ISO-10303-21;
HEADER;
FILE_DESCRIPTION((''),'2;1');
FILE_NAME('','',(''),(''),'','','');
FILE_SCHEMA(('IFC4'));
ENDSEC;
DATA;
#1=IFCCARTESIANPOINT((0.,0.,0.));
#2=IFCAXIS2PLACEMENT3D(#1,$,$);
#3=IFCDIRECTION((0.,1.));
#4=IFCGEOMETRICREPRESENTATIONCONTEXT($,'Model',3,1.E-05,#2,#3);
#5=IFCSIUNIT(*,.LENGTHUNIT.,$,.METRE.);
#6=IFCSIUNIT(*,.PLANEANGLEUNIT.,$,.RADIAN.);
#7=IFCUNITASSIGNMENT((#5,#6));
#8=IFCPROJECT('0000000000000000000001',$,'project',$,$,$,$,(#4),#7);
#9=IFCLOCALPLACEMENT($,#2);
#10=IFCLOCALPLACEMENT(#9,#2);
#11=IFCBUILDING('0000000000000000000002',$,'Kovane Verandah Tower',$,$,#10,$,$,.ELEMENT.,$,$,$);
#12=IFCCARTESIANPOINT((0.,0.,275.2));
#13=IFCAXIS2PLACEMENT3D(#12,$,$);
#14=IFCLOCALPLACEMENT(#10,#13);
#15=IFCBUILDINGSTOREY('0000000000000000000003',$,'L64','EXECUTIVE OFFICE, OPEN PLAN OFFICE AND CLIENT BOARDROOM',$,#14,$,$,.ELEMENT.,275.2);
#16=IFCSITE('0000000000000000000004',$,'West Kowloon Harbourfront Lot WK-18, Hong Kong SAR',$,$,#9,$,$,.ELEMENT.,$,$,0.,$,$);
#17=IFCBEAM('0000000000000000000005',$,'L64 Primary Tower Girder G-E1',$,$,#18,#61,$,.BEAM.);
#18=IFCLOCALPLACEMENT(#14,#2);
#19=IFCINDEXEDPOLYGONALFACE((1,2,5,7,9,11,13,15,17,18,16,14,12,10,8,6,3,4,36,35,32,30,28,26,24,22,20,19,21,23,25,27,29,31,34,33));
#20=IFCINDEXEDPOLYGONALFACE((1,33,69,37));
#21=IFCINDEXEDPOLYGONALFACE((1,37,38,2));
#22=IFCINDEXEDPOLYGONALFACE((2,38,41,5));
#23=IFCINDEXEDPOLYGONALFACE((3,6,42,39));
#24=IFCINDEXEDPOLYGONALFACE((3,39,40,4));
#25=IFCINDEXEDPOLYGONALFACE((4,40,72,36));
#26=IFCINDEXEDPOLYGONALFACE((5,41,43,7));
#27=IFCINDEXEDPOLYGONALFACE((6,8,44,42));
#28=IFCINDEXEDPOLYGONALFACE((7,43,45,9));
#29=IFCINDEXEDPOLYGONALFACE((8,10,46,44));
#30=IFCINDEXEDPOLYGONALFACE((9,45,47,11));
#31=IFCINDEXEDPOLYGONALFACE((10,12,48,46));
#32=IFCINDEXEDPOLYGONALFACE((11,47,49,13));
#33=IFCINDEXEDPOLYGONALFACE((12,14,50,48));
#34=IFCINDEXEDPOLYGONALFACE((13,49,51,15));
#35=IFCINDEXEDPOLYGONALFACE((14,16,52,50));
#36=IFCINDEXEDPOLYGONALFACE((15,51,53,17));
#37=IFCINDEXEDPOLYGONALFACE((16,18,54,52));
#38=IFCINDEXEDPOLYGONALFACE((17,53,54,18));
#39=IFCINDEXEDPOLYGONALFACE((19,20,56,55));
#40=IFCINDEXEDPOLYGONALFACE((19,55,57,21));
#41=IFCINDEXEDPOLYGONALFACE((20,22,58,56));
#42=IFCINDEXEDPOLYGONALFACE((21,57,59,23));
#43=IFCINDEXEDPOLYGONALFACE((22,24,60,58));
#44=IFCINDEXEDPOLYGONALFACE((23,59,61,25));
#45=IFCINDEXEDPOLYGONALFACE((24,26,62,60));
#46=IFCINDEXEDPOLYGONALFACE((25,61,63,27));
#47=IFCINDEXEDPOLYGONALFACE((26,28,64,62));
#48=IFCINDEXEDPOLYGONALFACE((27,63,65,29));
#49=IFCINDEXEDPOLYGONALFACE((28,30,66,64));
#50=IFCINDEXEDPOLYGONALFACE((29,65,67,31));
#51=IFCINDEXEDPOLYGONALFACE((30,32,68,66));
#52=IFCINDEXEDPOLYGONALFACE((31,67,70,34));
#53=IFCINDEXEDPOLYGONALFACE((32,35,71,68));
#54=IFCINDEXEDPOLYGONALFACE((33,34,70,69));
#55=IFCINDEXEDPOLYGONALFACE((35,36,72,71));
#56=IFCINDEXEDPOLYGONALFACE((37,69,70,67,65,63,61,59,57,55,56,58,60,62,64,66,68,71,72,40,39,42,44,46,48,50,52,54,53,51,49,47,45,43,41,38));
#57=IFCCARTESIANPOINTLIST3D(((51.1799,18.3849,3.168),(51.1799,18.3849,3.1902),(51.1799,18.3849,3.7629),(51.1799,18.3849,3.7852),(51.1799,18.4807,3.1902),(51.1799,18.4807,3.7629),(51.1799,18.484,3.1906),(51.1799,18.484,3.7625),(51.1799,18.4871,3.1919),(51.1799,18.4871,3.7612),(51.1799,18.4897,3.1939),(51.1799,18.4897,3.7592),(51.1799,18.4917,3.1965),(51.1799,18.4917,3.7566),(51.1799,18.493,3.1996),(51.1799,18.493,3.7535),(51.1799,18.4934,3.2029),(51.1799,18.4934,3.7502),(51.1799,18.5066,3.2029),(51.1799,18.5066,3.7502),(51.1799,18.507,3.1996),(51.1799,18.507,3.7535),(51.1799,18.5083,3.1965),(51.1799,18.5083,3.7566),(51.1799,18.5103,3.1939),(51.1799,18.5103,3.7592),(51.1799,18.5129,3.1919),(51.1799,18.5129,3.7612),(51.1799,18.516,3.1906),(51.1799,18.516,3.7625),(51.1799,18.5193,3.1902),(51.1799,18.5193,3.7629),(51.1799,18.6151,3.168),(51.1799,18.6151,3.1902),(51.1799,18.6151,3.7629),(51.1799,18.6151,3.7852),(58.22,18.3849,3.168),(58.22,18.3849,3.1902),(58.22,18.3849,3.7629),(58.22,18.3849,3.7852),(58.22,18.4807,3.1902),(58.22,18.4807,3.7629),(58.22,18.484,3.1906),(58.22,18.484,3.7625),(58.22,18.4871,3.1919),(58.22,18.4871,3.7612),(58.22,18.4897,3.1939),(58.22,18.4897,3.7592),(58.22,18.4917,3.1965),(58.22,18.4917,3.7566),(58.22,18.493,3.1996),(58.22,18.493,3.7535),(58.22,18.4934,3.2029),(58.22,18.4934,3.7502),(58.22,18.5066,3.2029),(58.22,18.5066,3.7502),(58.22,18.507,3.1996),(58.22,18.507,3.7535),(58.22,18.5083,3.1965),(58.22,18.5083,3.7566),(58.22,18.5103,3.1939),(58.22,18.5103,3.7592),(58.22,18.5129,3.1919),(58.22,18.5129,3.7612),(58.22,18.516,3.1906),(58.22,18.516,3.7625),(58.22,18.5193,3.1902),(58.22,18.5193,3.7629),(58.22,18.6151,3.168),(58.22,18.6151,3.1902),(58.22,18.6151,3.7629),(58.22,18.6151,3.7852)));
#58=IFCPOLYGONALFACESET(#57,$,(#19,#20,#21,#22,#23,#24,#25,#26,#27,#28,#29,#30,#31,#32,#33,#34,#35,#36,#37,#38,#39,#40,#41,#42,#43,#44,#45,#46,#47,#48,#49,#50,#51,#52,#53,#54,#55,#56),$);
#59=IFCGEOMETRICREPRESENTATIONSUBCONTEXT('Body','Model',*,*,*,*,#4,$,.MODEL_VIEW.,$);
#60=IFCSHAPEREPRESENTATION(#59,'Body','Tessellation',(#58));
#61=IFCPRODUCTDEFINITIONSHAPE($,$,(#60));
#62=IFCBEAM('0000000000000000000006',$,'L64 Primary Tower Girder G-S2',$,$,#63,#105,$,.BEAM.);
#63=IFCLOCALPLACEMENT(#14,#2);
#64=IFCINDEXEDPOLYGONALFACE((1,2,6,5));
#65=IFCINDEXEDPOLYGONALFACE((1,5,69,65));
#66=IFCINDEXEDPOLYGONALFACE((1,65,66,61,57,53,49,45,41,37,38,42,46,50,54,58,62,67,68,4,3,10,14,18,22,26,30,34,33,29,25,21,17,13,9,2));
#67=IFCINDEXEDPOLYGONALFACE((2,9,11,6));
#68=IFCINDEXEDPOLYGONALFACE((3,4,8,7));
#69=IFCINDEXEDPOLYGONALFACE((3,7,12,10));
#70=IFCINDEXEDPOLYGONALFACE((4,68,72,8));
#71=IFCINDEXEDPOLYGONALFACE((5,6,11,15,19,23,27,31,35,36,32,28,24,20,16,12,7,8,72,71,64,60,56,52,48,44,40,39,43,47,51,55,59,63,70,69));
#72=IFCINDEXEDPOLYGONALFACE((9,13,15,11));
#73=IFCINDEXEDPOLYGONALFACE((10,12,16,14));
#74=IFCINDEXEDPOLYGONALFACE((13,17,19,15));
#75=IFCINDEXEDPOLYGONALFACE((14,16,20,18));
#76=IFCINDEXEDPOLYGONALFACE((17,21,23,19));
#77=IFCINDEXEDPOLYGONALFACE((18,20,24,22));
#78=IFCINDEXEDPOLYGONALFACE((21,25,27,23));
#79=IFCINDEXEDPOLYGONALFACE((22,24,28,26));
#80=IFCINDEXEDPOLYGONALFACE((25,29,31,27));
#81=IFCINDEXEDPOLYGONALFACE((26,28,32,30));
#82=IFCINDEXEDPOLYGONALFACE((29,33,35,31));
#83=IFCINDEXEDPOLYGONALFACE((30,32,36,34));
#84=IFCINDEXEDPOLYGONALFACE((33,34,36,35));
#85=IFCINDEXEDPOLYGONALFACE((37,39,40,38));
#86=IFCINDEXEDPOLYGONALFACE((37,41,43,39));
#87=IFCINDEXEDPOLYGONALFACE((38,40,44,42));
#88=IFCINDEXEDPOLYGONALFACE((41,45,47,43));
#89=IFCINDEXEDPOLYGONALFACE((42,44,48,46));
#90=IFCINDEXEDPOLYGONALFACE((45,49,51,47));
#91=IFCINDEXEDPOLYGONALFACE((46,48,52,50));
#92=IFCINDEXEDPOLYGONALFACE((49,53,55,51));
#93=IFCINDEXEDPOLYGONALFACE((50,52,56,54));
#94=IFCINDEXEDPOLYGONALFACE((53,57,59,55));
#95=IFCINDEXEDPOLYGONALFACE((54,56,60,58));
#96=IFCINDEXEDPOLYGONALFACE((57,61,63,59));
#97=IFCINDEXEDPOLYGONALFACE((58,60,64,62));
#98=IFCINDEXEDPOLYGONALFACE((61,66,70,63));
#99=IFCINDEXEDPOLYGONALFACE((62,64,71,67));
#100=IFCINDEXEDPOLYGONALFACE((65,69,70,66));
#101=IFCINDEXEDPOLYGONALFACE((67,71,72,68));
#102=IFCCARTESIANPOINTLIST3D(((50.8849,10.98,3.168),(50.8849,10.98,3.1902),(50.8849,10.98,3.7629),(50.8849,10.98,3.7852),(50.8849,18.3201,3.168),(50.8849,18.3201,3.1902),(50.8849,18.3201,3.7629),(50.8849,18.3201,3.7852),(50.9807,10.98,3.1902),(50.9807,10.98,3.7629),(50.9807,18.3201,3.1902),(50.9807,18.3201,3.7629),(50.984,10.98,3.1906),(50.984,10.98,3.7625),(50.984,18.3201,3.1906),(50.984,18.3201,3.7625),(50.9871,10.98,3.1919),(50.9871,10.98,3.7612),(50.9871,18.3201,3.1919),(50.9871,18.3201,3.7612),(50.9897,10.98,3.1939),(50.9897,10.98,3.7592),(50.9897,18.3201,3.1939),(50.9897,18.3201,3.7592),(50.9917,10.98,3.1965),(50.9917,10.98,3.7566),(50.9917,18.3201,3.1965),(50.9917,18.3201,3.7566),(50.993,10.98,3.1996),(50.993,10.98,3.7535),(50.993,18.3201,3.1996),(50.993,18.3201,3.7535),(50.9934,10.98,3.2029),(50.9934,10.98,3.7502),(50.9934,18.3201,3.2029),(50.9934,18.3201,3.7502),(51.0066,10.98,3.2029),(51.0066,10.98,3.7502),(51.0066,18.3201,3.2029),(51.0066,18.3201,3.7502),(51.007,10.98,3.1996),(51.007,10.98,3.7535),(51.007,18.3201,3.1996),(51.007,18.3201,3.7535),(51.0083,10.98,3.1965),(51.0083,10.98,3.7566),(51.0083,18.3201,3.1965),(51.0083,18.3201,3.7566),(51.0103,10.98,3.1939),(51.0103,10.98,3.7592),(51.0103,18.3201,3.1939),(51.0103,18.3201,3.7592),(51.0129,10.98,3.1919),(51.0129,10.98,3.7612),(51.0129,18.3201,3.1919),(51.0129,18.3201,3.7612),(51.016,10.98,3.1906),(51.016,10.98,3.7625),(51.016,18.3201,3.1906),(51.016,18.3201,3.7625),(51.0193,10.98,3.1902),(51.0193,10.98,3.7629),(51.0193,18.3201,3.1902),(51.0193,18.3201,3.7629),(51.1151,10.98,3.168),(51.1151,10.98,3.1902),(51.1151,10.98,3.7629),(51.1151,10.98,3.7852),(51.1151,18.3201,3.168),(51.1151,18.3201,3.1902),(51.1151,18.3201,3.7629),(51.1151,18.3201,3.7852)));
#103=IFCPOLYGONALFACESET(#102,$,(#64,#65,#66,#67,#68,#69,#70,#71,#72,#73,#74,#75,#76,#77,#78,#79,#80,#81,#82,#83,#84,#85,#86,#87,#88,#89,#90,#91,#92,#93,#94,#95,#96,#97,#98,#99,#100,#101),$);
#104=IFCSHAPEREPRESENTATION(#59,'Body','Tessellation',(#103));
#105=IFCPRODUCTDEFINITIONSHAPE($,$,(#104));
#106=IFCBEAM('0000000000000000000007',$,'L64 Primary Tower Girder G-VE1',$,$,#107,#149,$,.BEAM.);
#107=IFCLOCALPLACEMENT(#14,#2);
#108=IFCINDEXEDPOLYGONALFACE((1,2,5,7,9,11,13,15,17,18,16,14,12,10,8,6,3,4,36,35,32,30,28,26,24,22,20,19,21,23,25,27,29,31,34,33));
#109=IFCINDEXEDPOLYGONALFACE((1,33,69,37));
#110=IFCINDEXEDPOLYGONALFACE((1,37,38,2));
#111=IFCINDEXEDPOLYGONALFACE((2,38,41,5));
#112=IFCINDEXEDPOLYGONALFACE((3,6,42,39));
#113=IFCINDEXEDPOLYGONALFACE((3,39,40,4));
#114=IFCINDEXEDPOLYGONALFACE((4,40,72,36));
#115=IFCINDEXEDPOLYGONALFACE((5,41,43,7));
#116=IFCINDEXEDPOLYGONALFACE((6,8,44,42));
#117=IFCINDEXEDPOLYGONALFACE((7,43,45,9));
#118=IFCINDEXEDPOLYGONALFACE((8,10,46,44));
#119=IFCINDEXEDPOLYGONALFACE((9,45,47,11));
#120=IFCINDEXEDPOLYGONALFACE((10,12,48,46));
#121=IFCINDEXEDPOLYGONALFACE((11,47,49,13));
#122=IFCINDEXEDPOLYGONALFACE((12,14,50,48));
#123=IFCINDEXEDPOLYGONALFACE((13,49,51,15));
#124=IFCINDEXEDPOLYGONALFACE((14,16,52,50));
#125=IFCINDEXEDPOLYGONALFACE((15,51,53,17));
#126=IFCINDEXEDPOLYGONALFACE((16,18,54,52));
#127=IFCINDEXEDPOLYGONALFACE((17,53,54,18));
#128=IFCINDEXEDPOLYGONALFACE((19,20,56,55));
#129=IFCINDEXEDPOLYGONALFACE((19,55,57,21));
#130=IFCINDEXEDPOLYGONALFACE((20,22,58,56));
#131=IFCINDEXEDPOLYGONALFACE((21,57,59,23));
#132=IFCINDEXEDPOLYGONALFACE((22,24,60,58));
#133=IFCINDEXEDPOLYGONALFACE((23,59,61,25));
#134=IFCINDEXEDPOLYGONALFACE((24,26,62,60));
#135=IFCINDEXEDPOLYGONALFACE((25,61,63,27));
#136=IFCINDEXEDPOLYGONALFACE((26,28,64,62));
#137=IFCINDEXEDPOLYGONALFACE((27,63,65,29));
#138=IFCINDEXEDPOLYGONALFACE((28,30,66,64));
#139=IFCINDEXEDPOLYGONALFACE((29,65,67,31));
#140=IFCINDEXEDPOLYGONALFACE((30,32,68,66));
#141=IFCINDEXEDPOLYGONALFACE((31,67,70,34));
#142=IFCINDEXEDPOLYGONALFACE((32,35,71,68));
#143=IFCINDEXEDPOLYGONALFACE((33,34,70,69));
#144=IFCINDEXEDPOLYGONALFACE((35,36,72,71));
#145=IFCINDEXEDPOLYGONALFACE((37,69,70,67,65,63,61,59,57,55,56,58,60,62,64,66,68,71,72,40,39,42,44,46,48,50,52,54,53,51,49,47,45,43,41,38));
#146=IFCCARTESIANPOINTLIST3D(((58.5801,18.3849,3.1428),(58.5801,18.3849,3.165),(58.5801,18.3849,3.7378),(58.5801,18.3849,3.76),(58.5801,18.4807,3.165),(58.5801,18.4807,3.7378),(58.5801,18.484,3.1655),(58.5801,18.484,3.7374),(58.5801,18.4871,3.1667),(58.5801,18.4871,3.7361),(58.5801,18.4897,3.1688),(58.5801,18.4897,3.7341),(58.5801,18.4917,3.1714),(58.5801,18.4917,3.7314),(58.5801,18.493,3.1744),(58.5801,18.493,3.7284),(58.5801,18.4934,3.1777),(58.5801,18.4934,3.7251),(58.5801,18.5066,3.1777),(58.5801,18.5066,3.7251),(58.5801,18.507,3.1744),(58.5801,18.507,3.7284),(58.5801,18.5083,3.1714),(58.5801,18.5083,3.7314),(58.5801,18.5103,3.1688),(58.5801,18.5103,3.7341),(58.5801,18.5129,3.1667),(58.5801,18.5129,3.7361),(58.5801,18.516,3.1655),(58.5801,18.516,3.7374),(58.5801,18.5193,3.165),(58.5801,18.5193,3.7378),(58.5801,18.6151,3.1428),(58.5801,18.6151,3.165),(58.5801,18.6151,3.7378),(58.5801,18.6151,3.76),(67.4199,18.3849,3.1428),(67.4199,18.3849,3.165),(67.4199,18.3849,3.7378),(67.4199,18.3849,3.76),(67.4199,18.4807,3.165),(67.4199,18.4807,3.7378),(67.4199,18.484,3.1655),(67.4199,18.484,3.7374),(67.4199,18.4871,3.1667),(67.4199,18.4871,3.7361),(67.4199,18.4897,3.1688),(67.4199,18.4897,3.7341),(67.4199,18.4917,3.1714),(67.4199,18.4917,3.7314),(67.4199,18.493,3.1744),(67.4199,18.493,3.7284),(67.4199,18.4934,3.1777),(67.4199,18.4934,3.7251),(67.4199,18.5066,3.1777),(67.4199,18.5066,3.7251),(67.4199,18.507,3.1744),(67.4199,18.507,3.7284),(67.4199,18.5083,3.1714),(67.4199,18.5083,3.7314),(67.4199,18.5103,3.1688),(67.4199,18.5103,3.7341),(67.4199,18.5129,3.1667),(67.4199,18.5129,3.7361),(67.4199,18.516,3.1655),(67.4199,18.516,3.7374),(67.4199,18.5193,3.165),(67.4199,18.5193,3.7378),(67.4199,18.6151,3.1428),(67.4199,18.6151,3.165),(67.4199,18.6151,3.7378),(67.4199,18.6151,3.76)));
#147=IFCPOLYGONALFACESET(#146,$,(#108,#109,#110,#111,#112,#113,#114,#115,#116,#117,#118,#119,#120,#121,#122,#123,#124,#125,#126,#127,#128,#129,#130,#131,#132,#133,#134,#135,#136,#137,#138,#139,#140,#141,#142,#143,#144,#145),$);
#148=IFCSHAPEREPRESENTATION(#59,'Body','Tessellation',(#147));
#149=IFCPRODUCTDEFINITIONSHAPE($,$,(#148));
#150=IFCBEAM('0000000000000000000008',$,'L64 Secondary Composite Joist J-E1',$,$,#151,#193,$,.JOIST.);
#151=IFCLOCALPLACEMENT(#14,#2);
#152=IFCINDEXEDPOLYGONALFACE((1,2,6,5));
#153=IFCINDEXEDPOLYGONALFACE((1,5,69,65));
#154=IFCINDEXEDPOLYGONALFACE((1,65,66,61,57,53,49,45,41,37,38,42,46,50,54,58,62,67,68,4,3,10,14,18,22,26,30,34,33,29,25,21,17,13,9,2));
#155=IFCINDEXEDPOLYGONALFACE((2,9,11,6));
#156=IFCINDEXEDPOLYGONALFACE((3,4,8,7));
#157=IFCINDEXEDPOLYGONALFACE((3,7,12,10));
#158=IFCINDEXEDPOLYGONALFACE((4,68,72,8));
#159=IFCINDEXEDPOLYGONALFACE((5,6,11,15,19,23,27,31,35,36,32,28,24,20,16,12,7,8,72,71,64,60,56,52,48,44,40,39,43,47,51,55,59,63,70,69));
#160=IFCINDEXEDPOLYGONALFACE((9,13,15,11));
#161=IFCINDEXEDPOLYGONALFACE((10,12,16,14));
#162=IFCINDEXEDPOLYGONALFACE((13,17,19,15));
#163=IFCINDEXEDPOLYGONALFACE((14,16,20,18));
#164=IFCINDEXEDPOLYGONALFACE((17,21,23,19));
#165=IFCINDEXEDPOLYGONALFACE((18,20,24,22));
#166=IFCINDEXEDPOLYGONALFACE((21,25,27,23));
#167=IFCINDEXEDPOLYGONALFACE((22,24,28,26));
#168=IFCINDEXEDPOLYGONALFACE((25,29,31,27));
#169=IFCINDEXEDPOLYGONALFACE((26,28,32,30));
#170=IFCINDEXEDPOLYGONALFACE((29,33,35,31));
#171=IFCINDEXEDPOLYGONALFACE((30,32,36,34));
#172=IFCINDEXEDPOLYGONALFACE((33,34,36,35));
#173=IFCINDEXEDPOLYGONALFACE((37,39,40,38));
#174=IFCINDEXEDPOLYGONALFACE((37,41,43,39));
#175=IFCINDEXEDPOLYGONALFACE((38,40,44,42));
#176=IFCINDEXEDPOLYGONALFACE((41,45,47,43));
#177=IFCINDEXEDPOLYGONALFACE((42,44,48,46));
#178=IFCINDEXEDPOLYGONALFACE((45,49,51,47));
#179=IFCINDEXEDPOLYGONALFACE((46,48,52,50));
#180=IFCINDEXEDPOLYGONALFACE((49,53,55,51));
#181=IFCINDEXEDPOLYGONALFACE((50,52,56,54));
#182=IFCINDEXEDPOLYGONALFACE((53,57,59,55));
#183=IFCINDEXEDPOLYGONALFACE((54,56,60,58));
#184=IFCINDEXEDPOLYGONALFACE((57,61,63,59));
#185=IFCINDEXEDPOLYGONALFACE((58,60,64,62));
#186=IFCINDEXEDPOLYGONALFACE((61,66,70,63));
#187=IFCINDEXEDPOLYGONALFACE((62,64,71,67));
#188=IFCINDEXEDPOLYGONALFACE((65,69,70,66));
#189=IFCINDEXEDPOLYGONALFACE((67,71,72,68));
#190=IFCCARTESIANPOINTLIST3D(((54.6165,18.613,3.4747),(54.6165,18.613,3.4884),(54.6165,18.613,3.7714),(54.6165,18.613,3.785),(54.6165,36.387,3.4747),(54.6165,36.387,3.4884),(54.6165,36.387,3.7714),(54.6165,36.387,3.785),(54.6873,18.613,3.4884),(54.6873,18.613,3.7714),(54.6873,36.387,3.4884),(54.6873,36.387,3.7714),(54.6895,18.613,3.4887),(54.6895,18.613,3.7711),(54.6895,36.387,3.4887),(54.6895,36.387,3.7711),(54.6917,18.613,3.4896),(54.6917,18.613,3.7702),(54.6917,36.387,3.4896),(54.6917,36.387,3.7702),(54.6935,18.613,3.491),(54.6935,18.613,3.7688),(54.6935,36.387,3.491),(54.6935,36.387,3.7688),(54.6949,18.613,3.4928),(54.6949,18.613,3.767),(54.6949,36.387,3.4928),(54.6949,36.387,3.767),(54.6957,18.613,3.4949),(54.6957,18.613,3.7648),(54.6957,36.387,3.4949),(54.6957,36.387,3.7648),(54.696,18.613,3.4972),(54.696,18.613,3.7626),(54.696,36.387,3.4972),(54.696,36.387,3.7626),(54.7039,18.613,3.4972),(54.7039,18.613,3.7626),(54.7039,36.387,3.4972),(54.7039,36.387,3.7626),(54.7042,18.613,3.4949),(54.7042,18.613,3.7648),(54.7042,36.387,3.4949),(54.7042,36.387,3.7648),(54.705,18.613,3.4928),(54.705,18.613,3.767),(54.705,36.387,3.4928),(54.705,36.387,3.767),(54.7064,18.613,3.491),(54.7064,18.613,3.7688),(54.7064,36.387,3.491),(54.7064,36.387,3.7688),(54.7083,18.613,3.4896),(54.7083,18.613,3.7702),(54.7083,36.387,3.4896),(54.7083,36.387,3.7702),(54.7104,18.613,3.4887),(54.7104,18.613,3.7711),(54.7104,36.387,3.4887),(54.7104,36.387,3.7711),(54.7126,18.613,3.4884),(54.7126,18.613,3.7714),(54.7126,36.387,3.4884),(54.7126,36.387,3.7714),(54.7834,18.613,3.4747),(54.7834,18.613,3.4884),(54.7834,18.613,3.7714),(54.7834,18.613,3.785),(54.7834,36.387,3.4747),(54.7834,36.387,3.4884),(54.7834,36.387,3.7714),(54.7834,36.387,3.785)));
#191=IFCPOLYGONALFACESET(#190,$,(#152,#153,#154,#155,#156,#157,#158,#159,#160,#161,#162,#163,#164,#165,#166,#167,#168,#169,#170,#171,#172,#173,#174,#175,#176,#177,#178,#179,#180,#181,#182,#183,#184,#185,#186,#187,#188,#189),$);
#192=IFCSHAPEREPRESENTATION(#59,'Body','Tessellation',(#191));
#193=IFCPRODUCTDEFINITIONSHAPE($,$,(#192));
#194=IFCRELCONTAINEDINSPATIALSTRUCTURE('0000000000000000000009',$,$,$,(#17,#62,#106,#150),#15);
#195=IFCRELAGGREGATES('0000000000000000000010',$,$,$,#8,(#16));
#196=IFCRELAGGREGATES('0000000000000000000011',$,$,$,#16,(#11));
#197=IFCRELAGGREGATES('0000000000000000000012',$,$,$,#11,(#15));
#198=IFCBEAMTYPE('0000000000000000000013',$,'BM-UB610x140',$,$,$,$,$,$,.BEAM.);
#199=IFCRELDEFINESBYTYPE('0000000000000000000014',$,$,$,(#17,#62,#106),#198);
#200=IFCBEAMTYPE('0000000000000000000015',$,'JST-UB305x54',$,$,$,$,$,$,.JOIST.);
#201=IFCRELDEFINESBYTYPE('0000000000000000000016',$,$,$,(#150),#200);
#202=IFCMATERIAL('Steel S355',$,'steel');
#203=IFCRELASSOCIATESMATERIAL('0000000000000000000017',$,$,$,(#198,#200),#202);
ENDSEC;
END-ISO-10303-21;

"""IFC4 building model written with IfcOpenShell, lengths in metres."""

from ifc_helpers import new_model, si_unit, direction, frame, origin, origin_2d, place, context, subcontext, project, spatial, i_section, extrude, material, material_profile, profile_set, type_object, element, save


model = new_model("IFC4")

# Units and contexts
model_context = context("Model", 3, precision=1e-05, world=origin(), true_north=direction((0.0, 1.0)))
body_context = subcontext(model_context, "Body", "Model", "MODEL_VIEW")
ifc_project = project(units=[si_unit("LENGTHUNIT", "METRE"), si_unit("PLANEANGLEUNIT", "RADIAN")], contexts=[model_context])

# Site, building, storey
site_placement = place(None, origin())
site = spatial("IfcSite", under=ifc_project, at=site_placement, Name="West Kowloon Harbourfront Lot WK-18, Hong Kong SAR", CompositionType="ELEMENT", RefElevation=0.0)
building_placement = place(site_placement, origin())
building = spatial("IfcBuilding", under=site, at=building_placement, Name="Kovane Verandah Tower", CompositionType="ELEMENT")
storey_placement = place(building_placement, frame((0.0, 0.0, 275.2)))
storey = spatial("IfcBuildingStorey", under=building, at=storey_placement, Name="L64", Description="EXECUTIVE OFFICE, OPEN PLAN OFFICE AND CLIENT BOARDROOM", CompositionType="ELEMENT", Elevation=275.2)

# Beams
ifc_material_1 = material(Name="Steel S355", Category="steel")
ifc_material_profile_1 = material_profile(ifc_material_1, i_section(OverallWidth=0.2302, OverallDepth=0.6172, WebThickness=0.0132, FlangeThickness=0.0222, FilletRadius=0.0127, at=origin_2d()), Name="UB610x229x140")
ifc_profile_set_1 = profile_set([ifc_material_profile_1], Name="Steel S355")
beam_type_1 = type_object("IfcBeamType", Name="BM-UB610x140", PredefinedType="BEAM", material=ifc_profile_set_1)
beam_1_placement = place(storey_placement, frame((51.1799, 18.5, 3.4766), z_axis=(1.0, 0.0, 0.0), x_axis=(0.0, 1.0, 0.0)))
element("IfcBeam", 1, at=beam_1_placement, inside=storey, type_object=beam_type_1, Name="L64 Primary Tower Girder G-E1", PredefinedType="BEAM", context=body_context, shape_type="SweptSolid", body=[
    extrude(i_section(OverallWidth=0.2302, OverallDepth=0.6172, WebThickness=0.0132, FlangeThickness=0.0222, FilletRadius=0.0127, at=origin_2d()), origin(), (0.0, 0.0, 1.0), 7.04),
])
beam_2_placement = place(storey_placement, frame((51.0, 18.3201, 3.4766), z_axis=(0.0, -1.0, 0.0), x_axis=(1.0, 0.0, 0.0)))
element("IfcBeam", 2, at=beam_2_placement, inside=storey, type_object=beam_type_1, Name="L64 Primary Tower Girder G-S2", PredefinedType="BEAM", context=body_context, shape_type="SweptSolid", body=[
    extrude(i_section(OverallWidth=0.2302, OverallDepth=0.6172, WebThickness=0.0132, FlangeThickness=0.0222, FilletRadius=0.0127, at=origin_2d()), origin(), (0.0, 0.0, 1.0), 7.3401),
])
beam_3_placement = place(storey_placement, frame((58.5801, 18.5, 3.4514), z_axis=(1.0, 0.0, 0.0), x_axis=(0.0, 1.0, 0.0)))
element("IfcBeam", 3, at=beam_3_placement, inside=storey, type_object=beam_type_1, Name="L64 Primary Tower Girder G-VE1", PredefinedType="BEAM", context=body_context, shape_type="SweptSolid", body=[
    extrude(i_section(OverallWidth=0.2302, OverallDepth=0.6172, WebThickness=0.0132, FlangeThickness=0.0222, FilletRadius=0.0127, at=origin_2d()), origin(), (0.0, 0.0, 1.0), 8.8398),
])
ifc_material_profile_2 = material_profile(ifc_material_1, i_section(OverallWidth=0.167, OverallDepth=0.3103, WebThickness=0.0078, FlangeThickness=0.0137, FilletRadius=0.0088, at=origin_2d()), Name="UB305x165x54")
ifc_profile_set_2 = profile_set([ifc_material_profile_2], Name="Steel S355")
beam_type_2 = type_object("IfcBeamType", Name="JST-UB305x54", PredefinedType="JOIST", material=ifc_profile_set_2)
beam_4_placement = place(storey_placement, frame((54.7, 18.613, 3.6299), z_axis=(0.0, 1.0, 0.0), x_axis=(-1.0, 0.0, 0.0)))
element("IfcBeam", 4, at=beam_4_placement, inside=storey, type_object=beam_type_2, Name="L64 Secondary Composite Joist J-E1", PredefinedType="JOIST", context=body_context, shape_type="SweptSolid", body=[
    extrude(i_section(OverallWidth=0.167, OverallDepth=0.3103, WebThickness=0.0078, FlangeThickness=0.0137, FilletRadius=0.0088, at=origin_2d()), origin(), (0.0, 0.0, 1.0), 17.7739),
])

save(model, "model.ifc")
